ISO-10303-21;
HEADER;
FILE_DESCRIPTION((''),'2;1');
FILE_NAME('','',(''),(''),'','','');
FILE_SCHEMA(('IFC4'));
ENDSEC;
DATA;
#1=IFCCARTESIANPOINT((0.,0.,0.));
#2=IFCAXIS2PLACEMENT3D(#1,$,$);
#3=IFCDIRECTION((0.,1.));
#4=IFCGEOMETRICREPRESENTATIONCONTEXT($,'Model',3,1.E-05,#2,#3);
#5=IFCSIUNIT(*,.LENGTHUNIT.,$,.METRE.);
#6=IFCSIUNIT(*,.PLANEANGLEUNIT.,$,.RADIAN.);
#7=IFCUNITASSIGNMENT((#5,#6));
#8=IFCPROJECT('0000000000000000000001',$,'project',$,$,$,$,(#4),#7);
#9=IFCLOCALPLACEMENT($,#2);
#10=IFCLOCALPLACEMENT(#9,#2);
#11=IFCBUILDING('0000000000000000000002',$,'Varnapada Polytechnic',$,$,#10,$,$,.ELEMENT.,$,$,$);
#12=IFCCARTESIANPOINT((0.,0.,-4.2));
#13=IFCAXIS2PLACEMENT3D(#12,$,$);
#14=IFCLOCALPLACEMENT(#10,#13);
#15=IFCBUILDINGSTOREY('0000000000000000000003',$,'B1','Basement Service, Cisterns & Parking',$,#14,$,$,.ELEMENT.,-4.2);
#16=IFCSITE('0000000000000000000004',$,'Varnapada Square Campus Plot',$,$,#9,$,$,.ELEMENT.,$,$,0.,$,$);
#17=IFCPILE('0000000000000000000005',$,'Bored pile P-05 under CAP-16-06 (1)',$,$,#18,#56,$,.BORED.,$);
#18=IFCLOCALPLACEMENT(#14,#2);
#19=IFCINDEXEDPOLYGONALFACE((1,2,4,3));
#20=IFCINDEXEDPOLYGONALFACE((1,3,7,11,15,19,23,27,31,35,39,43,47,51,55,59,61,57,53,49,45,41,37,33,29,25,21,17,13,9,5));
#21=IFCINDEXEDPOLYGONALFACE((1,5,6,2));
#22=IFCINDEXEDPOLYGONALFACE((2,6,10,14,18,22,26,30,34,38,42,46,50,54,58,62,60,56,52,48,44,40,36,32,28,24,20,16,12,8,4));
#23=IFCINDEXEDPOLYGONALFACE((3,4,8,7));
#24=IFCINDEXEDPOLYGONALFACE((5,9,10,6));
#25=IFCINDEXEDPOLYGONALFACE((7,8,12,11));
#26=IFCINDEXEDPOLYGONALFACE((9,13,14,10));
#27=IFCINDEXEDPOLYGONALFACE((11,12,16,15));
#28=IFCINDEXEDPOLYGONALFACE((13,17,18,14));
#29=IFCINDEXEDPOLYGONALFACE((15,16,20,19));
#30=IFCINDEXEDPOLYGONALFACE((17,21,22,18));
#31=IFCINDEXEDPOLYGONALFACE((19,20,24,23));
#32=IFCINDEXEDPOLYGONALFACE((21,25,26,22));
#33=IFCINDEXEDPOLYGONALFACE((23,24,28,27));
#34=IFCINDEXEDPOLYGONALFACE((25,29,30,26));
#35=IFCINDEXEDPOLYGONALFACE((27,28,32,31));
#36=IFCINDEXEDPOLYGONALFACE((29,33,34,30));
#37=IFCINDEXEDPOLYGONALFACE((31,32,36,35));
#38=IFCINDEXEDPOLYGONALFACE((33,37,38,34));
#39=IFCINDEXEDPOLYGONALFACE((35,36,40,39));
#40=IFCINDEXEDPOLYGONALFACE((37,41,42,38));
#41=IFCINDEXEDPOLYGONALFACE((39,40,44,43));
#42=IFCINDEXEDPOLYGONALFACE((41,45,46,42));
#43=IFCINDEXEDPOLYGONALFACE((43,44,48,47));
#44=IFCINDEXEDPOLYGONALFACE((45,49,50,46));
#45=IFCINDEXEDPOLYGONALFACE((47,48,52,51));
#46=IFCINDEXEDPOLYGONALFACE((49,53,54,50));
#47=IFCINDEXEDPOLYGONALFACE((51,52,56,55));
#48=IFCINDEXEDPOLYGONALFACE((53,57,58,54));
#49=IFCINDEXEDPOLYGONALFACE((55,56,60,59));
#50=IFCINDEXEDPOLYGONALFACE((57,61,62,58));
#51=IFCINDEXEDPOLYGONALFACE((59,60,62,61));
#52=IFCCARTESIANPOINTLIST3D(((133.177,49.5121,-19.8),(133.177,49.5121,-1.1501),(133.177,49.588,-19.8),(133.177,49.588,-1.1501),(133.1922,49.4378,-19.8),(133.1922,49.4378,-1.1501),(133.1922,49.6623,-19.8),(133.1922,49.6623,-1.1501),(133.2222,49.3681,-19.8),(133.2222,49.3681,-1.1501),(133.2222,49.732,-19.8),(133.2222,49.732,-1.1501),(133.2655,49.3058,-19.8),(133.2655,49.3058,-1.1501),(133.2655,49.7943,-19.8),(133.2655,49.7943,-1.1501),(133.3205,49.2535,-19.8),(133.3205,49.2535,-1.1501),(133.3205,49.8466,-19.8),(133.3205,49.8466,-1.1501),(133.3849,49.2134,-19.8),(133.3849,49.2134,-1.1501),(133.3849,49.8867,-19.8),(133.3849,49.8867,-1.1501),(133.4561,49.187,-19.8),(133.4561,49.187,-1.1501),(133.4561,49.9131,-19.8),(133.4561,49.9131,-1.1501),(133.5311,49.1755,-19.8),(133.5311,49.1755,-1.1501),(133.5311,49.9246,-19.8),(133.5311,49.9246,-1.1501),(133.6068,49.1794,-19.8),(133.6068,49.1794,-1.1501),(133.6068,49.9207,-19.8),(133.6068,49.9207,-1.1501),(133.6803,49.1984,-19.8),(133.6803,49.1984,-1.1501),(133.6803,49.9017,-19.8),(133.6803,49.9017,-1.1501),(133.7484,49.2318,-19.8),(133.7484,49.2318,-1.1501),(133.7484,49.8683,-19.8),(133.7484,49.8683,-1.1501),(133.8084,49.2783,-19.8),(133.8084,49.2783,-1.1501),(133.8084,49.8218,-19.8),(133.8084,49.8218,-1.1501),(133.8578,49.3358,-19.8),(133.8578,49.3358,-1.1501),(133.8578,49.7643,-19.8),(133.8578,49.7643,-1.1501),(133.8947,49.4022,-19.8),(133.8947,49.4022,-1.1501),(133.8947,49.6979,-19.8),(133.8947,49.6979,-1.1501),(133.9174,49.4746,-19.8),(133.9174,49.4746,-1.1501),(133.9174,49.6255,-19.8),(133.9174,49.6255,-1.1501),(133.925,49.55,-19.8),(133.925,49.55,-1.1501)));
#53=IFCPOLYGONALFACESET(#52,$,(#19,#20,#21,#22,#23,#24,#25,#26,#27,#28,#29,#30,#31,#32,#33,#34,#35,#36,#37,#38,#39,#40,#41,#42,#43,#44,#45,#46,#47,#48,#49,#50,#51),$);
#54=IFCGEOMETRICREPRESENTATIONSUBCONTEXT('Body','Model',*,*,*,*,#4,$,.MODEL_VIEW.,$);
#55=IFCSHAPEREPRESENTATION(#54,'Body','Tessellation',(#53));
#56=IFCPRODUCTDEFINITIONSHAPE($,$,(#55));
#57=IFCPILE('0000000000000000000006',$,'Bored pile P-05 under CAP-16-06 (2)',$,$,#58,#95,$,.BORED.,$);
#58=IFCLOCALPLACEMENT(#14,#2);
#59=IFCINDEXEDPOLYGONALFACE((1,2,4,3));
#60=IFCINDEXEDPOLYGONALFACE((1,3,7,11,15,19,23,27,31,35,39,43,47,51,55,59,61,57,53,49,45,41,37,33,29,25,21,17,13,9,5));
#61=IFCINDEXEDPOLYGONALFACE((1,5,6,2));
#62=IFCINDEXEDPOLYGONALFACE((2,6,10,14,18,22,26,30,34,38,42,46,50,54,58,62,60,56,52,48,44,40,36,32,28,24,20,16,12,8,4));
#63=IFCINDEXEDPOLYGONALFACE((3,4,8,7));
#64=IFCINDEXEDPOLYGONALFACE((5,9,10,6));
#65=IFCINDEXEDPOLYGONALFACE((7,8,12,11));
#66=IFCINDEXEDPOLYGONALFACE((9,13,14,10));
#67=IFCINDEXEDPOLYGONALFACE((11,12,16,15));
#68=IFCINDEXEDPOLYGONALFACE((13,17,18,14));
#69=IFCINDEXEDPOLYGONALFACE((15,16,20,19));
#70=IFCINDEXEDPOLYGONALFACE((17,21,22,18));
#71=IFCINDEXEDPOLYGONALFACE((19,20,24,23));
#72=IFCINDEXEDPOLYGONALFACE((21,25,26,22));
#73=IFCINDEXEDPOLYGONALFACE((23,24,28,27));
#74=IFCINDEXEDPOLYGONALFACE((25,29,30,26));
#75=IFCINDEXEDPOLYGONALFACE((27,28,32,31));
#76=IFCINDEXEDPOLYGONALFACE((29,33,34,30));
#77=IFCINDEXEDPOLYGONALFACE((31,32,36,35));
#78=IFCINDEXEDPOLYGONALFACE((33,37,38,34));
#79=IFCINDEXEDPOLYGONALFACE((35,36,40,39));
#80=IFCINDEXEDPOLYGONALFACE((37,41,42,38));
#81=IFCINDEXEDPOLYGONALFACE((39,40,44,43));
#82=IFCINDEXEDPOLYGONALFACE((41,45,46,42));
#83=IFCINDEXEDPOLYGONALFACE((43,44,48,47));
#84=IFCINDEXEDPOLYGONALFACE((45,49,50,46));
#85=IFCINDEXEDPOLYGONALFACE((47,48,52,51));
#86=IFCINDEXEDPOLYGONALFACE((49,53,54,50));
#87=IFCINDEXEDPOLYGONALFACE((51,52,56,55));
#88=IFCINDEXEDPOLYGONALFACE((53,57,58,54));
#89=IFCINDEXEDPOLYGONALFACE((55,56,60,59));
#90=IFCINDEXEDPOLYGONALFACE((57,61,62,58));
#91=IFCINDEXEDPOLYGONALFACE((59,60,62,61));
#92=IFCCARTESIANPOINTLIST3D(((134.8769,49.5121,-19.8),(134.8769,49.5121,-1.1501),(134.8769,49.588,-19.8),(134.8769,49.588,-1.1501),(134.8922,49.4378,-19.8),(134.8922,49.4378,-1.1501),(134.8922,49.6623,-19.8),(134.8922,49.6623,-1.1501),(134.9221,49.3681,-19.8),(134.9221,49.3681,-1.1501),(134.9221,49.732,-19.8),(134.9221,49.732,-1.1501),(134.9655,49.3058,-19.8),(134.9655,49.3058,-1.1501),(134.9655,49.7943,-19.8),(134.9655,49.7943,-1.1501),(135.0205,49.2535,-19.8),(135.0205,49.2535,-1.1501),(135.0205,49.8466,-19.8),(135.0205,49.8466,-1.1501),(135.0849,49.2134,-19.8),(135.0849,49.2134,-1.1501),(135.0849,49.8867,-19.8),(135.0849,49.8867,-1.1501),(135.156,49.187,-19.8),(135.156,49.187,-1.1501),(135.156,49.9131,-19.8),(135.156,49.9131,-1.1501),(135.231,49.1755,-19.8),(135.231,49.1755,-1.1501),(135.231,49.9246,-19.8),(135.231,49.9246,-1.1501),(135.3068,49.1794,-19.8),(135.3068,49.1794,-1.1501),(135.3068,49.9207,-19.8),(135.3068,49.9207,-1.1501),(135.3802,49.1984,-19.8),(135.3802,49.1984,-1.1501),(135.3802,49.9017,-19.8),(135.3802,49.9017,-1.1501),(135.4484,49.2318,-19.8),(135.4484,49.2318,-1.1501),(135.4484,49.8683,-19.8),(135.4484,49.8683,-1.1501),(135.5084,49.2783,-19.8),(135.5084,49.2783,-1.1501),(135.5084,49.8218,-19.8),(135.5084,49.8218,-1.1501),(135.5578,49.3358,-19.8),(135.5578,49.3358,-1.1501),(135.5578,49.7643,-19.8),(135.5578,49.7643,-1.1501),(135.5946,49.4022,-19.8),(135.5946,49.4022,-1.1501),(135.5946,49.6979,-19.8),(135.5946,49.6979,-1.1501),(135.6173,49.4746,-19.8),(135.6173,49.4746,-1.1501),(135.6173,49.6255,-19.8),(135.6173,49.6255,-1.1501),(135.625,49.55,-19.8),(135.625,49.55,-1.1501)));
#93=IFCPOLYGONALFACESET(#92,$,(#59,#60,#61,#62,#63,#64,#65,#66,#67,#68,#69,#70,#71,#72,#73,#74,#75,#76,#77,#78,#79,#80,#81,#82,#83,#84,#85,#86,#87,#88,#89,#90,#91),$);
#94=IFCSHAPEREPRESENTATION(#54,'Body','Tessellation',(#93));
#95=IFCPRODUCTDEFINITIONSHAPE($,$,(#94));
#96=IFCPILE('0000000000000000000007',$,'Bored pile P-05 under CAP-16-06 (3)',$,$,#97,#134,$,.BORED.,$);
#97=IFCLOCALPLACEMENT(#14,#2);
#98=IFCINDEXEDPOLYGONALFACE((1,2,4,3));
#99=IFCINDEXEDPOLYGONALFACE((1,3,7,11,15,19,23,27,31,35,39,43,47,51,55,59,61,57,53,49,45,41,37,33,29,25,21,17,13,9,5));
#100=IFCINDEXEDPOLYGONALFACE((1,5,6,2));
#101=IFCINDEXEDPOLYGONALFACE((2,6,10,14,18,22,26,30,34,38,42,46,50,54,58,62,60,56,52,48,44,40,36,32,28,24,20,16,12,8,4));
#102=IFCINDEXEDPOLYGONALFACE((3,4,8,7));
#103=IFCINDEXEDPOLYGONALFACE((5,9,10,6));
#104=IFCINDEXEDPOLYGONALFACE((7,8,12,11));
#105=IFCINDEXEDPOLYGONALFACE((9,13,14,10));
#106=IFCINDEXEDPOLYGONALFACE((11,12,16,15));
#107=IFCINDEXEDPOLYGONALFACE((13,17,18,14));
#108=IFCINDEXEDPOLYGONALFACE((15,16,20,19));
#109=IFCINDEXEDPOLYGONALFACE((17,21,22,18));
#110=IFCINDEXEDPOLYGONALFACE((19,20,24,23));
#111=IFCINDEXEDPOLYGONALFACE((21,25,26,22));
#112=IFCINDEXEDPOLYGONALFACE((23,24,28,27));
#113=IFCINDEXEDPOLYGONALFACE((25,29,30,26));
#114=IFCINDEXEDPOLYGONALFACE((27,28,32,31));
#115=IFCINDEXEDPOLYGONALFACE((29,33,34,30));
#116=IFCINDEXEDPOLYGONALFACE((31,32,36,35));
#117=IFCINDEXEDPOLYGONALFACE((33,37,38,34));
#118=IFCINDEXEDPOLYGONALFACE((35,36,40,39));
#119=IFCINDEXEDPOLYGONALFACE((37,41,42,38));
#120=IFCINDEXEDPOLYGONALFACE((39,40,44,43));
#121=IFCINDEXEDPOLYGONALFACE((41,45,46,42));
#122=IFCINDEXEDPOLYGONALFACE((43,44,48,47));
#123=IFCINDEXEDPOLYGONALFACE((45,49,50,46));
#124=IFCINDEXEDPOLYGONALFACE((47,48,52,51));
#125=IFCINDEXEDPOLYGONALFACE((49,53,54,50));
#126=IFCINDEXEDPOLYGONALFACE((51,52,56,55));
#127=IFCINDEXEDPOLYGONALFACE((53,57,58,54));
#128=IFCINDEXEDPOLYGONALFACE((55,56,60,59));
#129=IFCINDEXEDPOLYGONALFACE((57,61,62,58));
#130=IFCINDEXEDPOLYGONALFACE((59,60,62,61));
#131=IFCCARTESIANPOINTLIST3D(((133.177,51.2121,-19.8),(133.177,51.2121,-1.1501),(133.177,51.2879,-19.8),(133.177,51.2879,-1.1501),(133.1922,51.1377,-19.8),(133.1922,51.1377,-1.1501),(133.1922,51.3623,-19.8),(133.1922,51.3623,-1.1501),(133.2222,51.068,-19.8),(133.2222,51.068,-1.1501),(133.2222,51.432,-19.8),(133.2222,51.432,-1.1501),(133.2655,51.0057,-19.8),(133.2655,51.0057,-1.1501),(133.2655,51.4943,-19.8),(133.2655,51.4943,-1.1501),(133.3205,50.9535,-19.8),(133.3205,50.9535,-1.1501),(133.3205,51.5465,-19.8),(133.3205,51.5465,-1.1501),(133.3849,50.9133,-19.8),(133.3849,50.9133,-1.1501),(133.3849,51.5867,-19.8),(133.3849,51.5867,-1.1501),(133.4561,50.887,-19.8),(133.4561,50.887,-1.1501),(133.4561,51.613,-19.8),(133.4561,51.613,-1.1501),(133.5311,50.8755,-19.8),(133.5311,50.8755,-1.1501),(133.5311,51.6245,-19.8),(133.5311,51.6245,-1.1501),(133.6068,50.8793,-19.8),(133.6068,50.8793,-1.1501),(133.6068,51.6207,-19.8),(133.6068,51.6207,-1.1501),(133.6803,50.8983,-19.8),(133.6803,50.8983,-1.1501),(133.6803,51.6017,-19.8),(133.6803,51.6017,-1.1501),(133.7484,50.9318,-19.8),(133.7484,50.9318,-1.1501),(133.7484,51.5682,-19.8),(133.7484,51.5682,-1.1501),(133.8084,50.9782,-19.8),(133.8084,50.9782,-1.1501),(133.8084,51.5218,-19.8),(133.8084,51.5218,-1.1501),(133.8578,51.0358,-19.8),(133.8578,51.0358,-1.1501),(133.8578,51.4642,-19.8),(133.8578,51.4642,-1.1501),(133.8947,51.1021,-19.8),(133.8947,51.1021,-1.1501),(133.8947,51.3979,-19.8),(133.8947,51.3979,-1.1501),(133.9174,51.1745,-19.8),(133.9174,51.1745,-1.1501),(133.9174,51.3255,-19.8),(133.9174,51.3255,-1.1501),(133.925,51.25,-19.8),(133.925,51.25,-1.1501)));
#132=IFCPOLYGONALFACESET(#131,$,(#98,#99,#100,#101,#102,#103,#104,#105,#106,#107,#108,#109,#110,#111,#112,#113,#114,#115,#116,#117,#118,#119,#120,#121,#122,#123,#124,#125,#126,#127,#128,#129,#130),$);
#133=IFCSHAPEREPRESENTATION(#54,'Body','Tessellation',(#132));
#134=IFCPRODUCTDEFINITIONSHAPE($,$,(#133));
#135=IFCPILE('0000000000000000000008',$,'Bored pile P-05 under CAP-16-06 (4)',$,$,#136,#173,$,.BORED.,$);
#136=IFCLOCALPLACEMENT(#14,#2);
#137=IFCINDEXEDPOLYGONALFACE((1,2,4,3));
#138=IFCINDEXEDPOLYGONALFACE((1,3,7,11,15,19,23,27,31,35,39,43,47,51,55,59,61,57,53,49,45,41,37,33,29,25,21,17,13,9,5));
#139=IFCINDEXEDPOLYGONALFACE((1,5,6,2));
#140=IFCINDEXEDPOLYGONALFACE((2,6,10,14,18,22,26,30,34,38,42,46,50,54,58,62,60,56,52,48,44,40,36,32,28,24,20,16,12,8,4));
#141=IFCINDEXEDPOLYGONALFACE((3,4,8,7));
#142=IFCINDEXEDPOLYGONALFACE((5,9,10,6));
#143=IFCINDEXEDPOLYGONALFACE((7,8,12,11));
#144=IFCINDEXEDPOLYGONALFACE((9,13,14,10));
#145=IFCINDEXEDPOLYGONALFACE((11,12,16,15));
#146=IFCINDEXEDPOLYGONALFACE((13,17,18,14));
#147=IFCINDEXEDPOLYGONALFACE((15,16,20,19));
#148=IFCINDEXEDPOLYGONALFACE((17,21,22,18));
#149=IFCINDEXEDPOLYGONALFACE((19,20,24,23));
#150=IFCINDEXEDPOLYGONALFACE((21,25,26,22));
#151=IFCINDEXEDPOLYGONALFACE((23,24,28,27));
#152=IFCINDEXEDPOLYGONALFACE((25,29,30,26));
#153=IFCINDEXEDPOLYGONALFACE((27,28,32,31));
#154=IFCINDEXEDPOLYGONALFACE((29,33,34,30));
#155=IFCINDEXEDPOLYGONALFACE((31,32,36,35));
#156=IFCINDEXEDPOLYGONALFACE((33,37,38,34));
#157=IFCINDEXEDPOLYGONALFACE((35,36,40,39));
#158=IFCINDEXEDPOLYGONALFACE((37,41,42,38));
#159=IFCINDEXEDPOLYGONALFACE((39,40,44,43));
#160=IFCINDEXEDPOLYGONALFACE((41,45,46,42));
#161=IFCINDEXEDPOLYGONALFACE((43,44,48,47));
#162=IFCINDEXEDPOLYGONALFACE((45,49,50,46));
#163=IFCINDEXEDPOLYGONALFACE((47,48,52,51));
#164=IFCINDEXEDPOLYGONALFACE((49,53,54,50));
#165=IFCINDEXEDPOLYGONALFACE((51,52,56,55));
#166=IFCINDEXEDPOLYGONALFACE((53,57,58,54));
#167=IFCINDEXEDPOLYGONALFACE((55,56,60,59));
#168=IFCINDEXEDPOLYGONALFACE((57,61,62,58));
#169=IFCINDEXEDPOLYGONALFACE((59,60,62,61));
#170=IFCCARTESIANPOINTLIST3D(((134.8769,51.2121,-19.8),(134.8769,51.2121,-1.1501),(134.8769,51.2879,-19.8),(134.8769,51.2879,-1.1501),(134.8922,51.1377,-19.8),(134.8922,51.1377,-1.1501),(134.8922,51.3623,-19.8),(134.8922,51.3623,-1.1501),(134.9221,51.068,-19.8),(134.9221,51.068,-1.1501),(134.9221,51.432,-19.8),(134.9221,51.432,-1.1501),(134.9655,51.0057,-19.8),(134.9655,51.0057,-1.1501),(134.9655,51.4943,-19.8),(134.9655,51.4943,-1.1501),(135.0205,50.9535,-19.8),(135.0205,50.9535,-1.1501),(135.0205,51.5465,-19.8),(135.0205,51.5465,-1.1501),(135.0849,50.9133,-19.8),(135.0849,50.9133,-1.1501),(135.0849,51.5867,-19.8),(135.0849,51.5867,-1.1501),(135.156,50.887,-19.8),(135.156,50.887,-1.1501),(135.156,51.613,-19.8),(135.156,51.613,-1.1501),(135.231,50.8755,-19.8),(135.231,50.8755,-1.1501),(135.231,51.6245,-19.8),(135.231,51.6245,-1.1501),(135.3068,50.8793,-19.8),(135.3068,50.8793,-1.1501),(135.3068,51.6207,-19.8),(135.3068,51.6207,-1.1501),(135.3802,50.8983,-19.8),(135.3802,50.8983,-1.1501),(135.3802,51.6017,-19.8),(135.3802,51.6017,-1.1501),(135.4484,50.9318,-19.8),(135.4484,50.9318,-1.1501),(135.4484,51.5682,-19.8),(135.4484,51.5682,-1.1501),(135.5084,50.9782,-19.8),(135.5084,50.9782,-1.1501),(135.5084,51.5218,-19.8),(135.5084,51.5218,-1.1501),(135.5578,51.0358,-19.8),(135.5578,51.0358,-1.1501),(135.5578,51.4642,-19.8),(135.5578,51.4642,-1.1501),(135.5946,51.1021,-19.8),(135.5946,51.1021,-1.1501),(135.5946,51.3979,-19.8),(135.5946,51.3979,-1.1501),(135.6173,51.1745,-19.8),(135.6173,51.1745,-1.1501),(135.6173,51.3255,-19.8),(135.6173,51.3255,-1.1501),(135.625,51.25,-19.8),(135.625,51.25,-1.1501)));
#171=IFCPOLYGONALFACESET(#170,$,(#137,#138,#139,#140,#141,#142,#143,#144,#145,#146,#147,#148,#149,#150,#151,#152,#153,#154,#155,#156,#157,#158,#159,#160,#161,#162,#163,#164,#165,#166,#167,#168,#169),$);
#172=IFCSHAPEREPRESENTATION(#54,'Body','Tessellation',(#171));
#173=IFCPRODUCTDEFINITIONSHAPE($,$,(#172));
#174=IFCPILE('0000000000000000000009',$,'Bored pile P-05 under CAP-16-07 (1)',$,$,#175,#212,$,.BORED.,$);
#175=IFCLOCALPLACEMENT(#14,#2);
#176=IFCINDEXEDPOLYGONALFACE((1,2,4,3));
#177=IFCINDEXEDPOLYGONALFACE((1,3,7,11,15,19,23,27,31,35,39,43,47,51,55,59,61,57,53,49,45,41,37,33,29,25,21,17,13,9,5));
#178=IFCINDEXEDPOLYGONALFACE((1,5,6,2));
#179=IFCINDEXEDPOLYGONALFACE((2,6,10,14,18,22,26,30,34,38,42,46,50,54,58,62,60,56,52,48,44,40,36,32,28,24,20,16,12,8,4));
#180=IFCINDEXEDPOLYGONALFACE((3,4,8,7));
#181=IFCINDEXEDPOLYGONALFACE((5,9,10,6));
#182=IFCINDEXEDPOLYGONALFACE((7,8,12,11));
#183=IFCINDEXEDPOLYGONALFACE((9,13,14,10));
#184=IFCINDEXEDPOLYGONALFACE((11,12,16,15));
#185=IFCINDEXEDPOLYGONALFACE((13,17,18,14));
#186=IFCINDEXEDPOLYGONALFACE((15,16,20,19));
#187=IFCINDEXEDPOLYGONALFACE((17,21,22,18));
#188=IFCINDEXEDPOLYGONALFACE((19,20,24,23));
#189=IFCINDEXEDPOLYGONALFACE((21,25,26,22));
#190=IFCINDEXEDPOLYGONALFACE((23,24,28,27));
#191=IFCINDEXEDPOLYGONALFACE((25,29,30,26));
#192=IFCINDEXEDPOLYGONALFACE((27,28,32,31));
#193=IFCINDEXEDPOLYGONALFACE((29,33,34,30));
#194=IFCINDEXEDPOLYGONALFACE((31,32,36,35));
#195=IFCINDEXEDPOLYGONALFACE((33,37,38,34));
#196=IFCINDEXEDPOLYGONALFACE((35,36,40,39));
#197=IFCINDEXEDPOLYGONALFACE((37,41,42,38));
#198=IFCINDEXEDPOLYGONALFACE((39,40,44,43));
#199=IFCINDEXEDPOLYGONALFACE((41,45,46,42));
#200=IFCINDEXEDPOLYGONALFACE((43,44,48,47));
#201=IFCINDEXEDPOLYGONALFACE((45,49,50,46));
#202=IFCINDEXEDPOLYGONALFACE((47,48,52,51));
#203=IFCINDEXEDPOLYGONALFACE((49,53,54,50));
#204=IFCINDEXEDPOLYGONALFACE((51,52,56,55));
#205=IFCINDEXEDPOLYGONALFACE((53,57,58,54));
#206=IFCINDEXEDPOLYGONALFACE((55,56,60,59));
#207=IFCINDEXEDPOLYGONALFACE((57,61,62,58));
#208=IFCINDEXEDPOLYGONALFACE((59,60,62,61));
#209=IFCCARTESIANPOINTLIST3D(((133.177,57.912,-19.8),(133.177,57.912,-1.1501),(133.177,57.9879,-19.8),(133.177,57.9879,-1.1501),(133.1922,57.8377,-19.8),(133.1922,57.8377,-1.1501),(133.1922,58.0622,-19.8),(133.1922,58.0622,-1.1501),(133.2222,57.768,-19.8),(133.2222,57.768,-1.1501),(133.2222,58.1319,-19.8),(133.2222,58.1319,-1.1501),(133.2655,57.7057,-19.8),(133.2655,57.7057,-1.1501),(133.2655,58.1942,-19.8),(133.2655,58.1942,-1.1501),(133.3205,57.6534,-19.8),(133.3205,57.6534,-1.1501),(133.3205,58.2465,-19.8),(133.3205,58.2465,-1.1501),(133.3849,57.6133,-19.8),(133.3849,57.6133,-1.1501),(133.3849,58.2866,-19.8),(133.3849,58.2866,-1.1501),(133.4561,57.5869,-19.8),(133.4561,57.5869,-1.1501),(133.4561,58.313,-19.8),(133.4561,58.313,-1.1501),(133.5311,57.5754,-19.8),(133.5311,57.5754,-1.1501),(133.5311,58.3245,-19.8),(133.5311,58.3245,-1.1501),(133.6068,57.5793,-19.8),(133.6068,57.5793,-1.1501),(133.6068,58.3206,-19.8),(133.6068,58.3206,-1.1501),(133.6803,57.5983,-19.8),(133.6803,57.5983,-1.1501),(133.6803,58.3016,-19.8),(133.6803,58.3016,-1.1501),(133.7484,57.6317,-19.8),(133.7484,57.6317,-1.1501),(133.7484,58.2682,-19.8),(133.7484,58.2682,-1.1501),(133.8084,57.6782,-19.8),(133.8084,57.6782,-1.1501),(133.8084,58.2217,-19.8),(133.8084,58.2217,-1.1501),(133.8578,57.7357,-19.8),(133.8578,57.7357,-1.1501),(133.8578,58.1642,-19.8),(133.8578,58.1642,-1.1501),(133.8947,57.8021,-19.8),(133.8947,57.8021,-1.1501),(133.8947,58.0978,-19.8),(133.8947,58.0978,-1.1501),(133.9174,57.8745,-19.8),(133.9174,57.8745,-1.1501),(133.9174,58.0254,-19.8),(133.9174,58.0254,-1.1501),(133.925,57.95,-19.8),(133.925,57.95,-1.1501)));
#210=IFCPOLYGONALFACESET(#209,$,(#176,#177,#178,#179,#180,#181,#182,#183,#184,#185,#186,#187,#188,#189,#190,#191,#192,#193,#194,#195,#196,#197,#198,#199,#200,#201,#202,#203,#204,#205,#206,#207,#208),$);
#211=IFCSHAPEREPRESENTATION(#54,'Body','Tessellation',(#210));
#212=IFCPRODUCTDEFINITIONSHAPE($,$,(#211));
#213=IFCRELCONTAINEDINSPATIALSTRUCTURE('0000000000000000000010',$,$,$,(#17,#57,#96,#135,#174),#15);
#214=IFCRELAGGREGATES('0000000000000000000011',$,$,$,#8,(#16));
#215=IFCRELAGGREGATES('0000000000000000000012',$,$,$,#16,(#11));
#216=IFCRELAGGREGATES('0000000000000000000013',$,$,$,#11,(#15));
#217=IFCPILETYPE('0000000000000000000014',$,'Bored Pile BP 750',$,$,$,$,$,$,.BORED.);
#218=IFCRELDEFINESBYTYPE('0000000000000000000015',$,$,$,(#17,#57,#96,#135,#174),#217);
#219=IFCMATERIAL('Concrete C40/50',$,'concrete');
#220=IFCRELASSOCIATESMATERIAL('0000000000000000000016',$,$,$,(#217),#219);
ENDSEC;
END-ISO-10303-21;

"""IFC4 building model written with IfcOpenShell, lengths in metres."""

from ifc_helpers import new_model, si_unit, direction, frame, origin, origin_2d, place, context, subcontext, project, spatial, circle, extrude, material, material_profile, profile_set, type_object, element, save


model = new_model("IFC4")

# Units and contexts
model_context = context("Model", 3, precision=1e-05, world=origin(), true_north=direction((0.0, 1.0)))
body_context = subcontext(model_context, "Body", "Model", "MODEL_VIEW")
ifc_project = project(units=[si_unit("LENGTHUNIT", "METRE"), si_unit("PLANEANGLEUNIT", "RADIAN")], contexts=[model_context])

# Site, building, storey
site_placement = place(None, origin())
site = spatial("IfcSite", under=ifc_project, at=site_placement, Name="Varnapada Square Campus Plot", CompositionType="ELEMENT", RefElevation=0.0)
building_placement = place(site_placement, origin())
building = spatial("IfcBuilding", under=site, at=building_placement, Name="Varnapada Polytechnic", CompositionType="ELEMENT")
storey_placement = place(building_placement, frame((0.0, 0.0, -4.2)))
storey = spatial("IfcBuildingStorey", under=building, at=storey_placement, Name="B1", Description="Basement Service, Cisterns & Parking", CompositionType="ELEMENT", Elevation=-4.2)

# Piles
ifc_material_1 = material(Name="Concrete C40/50", Category="concrete")
ifc_material_profile_1 = material_profile(ifc_material_1, circle(Radius=0.375, at=origin_2d()), Name="BP 750")
ifc_profile_set_1 = profile_set([ifc_material_profile_1], Name="Concrete C40/50")
pile_type_1 = type_object("IfcPileType", Name="Bored Pile BP 750", PredefinedType="BORED", material=ifc_profile_set_1)
for number, where, z_axis, x_axis, name in (
    (1, (133.55, 49.55, -1.1501), (0.0, 0.0, -1.0), (1.0, 0.0, 0.0), "Bored pile P-05 under CAP-16-06 (1)"),
    (2, (135.25, 49.55, -1.1501), (0.0, 0.0, -1.0), (1.0, 0.0, 0.0), "Bored pile P-05 under CAP-16-06 (2)"),
    (3, (133.55, 51.25, -1.1501), (0.0, 0.0, -1.0), (1.0, 0.0, 0.0), "Bored pile P-05 under CAP-16-06 (3)"),
    (4, (135.25, 51.25, -1.1501), (0.0, 0.0, -1.0), (1.0, 0.0, 0.0), "Bored pile P-05 under CAP-16-06 (4)"),
    (5, (133.55, 57.95, -1.1501), (0.0, 0.0, -1.0), (1.0, 0.0, 0.0), "Bored pile P-05 under CAP-16-07 (1)"),
):
    element("IfcPile", number, at=place(storey_placement, frame(where, z_axis=z_axis, x_axis=x_axis)), inside=storey, type_object=pile_type_1, Name=name, PredefinedType="BORED", context=body_context, shape_type="SweptSolid", body=[
        extrude(circle(Radius=0.375, at=origin_2d()), origin(), (0.0, 0.0, 1.0), 18.6499),
    ])

save(model, "model.ifc")
